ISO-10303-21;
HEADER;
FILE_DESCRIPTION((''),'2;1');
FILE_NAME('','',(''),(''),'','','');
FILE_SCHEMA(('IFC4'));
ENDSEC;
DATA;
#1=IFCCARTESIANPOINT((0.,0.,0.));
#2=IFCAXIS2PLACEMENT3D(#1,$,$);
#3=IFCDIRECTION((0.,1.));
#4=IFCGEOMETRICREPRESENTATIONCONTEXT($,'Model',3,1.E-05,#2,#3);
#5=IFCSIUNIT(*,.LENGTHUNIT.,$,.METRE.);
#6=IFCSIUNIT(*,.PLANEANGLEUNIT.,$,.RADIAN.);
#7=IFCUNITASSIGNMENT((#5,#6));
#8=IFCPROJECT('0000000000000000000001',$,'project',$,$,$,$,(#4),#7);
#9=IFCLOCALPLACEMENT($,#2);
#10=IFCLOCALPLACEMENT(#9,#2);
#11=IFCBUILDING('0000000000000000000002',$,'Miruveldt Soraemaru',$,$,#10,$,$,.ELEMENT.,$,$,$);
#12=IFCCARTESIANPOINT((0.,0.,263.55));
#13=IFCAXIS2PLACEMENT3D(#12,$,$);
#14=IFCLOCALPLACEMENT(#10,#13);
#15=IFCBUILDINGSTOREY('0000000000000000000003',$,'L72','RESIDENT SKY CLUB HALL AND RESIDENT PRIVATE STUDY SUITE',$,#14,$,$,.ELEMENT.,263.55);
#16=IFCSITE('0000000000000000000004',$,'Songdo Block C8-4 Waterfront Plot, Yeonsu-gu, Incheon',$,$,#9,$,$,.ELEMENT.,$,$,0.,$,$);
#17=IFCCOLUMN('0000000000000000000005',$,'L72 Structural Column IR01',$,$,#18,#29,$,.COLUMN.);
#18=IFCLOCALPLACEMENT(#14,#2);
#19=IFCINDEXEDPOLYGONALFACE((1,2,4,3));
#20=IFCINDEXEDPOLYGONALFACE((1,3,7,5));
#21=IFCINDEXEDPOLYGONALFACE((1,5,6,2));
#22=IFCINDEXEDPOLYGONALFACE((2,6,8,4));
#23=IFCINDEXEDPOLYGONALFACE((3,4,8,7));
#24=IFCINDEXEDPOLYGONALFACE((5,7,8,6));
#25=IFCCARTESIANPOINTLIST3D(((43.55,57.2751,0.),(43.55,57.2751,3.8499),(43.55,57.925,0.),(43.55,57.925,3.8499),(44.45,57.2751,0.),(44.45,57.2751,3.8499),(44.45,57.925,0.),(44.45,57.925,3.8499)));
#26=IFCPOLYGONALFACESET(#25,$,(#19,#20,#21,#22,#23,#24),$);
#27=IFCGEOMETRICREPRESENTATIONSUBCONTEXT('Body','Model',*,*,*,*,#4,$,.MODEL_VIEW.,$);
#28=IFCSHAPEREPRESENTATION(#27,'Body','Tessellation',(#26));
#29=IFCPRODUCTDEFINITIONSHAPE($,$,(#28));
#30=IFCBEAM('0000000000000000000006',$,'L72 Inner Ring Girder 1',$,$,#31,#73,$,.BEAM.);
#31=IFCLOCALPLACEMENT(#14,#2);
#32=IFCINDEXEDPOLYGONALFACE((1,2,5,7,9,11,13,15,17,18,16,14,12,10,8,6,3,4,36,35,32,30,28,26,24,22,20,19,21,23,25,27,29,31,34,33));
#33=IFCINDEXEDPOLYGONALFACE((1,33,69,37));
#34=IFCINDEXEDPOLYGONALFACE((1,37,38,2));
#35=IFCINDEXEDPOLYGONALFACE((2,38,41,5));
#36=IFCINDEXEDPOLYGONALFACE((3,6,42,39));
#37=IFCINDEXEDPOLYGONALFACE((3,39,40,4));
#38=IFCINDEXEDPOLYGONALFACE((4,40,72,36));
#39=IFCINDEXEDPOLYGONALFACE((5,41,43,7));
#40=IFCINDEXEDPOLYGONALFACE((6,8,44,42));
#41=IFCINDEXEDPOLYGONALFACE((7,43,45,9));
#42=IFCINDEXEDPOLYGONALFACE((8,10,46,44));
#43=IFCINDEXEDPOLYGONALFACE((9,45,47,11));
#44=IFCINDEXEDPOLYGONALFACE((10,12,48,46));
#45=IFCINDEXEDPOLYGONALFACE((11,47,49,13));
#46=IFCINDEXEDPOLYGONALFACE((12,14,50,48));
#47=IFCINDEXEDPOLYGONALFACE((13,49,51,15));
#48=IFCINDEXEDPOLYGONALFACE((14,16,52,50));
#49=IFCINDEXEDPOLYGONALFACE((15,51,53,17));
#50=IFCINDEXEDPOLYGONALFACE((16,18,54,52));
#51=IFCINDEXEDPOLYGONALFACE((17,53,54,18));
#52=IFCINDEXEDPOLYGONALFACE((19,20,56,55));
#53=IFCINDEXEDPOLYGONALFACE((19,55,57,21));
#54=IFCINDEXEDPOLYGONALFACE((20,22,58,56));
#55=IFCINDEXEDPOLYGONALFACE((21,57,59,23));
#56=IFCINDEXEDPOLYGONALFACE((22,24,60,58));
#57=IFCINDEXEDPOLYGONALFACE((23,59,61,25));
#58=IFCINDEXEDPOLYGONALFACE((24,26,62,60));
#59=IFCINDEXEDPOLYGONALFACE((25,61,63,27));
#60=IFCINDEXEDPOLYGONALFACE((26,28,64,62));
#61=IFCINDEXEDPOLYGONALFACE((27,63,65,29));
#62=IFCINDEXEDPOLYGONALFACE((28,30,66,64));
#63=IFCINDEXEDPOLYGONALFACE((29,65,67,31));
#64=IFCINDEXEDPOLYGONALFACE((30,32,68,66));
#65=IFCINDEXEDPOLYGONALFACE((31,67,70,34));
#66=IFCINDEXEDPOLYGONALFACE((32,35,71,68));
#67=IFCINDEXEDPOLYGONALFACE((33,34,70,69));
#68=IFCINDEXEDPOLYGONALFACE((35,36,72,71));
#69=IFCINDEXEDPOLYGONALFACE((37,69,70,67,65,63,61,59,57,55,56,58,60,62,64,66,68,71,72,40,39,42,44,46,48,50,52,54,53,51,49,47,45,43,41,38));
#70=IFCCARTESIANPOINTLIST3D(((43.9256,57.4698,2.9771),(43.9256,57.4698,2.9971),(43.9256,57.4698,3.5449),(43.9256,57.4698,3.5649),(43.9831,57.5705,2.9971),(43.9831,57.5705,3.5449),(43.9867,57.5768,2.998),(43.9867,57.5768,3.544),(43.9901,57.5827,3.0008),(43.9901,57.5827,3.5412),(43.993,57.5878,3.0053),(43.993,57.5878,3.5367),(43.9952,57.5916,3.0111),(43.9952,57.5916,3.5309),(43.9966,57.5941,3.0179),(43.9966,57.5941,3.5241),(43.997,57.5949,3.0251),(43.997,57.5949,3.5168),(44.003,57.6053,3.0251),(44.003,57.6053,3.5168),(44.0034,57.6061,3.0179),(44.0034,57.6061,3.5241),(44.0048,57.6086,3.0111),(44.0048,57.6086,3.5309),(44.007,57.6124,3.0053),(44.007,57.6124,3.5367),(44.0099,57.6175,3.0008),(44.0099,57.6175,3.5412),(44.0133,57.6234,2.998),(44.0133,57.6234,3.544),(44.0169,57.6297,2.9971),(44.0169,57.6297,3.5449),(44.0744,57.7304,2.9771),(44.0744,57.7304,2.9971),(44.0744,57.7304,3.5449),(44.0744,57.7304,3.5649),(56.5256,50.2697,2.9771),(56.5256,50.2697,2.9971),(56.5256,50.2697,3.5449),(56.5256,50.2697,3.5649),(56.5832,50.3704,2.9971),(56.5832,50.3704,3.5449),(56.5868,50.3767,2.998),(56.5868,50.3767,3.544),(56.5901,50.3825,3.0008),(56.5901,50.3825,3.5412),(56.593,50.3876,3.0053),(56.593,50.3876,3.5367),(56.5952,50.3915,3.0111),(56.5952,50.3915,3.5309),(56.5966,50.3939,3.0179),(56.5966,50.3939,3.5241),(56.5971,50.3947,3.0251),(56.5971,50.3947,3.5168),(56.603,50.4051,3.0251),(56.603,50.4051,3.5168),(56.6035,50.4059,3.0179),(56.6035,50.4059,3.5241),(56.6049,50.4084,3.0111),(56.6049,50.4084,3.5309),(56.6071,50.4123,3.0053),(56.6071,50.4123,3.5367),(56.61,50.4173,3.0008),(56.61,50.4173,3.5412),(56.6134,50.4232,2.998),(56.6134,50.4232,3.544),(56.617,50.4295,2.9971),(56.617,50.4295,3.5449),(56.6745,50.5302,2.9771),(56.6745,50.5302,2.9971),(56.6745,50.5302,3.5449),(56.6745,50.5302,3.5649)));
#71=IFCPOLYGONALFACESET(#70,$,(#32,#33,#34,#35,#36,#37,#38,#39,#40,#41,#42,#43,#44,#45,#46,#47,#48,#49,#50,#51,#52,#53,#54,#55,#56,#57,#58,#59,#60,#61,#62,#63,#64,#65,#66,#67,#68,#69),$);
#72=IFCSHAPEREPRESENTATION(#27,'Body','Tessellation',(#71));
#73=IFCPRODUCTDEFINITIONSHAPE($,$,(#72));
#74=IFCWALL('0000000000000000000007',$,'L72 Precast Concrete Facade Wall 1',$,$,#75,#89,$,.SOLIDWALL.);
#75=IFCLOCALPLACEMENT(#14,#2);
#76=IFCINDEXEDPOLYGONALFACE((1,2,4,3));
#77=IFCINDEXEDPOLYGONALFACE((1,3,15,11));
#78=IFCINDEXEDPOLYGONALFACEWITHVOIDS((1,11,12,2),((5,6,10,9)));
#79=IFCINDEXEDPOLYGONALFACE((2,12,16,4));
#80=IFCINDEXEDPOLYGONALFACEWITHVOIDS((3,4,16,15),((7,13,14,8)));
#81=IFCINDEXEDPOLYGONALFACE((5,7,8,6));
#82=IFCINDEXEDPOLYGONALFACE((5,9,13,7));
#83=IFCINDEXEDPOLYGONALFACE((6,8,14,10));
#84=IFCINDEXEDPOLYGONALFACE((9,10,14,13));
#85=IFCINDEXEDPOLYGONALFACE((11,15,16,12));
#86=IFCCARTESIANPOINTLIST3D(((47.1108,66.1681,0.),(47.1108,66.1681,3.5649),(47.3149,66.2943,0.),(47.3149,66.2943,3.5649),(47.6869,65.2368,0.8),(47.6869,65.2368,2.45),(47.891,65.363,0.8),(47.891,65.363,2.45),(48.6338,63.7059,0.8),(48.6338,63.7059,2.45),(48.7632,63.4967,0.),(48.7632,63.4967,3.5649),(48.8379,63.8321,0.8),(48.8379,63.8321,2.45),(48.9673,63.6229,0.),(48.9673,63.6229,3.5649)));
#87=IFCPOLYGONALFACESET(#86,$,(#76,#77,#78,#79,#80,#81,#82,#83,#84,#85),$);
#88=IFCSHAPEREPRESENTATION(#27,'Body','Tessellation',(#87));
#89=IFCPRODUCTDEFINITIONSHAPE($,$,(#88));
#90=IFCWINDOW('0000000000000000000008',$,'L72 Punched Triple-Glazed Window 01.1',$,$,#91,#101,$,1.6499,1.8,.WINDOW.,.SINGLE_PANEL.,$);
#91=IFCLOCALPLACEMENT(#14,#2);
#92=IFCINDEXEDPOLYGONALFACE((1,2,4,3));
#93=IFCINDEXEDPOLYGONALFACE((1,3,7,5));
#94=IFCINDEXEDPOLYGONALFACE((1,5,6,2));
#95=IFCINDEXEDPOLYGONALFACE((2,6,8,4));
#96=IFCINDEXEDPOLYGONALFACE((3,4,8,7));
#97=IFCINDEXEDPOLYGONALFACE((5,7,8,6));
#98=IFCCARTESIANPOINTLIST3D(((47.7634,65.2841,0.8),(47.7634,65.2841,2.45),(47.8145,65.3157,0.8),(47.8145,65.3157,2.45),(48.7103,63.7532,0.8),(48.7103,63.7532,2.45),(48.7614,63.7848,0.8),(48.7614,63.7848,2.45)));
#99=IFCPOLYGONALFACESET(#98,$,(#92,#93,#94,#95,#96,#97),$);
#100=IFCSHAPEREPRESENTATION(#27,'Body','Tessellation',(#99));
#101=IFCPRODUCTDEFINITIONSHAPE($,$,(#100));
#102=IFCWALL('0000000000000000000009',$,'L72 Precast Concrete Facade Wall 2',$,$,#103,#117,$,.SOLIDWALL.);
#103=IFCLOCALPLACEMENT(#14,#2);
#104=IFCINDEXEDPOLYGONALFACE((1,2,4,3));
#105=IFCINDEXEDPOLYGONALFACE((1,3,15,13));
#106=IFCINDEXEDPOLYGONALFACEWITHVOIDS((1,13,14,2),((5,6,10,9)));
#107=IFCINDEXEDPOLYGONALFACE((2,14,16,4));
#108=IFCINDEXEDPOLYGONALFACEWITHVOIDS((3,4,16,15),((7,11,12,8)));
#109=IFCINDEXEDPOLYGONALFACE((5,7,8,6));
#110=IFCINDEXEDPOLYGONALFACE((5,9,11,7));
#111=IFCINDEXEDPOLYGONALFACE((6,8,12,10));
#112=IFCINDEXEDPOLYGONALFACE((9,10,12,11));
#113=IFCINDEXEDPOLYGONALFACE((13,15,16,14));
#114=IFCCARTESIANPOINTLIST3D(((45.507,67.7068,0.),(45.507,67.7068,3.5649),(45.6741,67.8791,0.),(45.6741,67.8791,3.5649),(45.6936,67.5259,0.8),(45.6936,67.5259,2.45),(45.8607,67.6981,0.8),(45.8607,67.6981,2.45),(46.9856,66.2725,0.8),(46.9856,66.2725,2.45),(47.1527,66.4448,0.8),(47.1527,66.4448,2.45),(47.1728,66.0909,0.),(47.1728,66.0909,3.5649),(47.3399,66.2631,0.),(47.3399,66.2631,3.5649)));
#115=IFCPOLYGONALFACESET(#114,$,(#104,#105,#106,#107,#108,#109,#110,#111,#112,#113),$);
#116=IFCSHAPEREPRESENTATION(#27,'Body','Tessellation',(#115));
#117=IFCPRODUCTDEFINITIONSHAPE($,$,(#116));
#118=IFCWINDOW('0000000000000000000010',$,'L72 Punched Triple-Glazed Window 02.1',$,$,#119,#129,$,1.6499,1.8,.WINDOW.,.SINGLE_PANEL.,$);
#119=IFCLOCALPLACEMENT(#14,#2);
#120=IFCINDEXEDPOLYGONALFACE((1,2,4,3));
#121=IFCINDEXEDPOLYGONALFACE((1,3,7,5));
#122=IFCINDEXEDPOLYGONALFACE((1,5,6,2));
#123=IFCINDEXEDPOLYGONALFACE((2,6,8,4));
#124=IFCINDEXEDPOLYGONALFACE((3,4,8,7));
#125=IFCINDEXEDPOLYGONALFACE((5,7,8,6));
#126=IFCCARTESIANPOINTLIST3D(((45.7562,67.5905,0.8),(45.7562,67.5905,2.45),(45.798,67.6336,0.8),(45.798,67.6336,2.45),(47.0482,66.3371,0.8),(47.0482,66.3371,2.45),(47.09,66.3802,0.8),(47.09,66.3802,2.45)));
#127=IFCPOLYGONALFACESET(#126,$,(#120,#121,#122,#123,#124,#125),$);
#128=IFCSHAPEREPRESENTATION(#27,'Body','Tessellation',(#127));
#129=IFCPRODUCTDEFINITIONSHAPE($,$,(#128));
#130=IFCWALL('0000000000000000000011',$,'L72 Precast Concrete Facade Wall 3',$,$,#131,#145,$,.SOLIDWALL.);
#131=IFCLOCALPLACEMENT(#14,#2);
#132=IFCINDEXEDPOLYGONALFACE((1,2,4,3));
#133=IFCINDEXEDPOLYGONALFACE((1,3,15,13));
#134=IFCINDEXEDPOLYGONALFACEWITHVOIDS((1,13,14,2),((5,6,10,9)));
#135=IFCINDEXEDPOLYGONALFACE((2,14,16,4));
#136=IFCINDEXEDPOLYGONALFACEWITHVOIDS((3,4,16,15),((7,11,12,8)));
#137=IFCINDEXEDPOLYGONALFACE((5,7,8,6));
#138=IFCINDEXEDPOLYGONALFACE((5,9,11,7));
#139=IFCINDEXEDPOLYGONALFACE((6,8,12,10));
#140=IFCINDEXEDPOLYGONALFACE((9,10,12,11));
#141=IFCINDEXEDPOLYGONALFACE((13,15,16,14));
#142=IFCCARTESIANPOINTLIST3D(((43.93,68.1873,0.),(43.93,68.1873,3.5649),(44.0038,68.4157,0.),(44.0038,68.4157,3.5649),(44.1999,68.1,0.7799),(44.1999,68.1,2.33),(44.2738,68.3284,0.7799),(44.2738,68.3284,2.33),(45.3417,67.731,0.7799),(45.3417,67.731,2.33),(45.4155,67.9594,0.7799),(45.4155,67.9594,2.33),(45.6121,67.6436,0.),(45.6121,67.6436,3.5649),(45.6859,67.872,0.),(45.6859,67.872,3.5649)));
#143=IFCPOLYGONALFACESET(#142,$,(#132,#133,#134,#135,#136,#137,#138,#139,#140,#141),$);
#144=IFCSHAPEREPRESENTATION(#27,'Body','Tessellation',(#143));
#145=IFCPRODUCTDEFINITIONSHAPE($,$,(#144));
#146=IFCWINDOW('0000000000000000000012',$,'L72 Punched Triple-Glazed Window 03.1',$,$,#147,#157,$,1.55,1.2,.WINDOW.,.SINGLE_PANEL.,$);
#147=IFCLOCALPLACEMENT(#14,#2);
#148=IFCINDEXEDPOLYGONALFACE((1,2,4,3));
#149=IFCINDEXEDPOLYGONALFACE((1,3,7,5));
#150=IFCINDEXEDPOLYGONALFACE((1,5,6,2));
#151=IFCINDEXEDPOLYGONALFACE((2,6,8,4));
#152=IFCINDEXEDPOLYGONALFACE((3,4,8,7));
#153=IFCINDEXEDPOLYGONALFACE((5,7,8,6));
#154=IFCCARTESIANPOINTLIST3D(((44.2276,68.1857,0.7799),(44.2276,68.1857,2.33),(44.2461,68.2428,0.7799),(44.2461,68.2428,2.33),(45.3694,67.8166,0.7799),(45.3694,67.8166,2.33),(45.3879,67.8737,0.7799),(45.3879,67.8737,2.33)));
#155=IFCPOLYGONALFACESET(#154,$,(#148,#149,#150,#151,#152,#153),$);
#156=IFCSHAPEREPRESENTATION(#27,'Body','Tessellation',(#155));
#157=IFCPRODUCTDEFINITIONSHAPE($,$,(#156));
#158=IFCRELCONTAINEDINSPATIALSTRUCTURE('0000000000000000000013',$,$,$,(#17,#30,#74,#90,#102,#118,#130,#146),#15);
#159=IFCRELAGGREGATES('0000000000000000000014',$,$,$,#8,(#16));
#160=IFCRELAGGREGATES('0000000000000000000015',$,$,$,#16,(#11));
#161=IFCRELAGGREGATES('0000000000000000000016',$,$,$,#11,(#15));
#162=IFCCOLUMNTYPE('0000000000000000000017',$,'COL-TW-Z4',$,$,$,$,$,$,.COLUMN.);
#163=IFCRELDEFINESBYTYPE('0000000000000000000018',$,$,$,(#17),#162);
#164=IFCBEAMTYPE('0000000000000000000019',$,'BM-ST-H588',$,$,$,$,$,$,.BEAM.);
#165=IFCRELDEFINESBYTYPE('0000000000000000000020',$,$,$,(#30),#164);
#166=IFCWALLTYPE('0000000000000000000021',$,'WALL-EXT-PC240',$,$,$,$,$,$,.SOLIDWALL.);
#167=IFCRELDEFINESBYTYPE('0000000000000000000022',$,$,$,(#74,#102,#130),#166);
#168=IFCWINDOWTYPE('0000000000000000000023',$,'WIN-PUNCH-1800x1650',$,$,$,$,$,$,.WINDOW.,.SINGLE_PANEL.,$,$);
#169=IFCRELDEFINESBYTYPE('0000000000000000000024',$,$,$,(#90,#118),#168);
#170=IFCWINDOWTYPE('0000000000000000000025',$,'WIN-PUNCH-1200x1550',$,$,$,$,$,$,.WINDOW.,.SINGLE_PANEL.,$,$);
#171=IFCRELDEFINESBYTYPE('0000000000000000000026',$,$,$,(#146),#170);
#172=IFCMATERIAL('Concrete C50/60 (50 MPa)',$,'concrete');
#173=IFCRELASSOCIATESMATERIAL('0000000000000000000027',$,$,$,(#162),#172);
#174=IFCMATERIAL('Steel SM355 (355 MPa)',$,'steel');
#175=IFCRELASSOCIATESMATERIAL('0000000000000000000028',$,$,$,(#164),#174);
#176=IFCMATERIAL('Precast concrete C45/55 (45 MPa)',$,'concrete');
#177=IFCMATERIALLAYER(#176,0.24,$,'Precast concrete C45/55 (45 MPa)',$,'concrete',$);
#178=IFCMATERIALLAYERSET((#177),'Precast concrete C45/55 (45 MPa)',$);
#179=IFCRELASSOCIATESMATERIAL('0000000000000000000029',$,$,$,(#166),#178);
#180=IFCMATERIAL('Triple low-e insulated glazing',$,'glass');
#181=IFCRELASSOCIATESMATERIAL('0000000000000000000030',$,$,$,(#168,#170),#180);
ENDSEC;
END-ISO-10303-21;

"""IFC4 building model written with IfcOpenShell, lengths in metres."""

from ifc_helpers import new_model, si_unit, direction, frame, frame_2d, origin, origin_2d, place, context, subcontext, project, spatial, rectangle, i_section, extrude, material, layer, layer_set, material_profile, profile_set, type_object, element, fill, save


model = new_model("IFC4")

# Units and contexts
model_context = context("Model", 3, precision=1e-05, world=origin(), true_north=direction((0.0, 1.0)))
body_context = subcontext(model_context, "Body", "Model", "MODEL_VIEW")
ifc_project = project(units=[si_unit("LENGTHUNIT", "METRE"), si_unit("PLANEANGLEUNIT", "RADIAN")], contexts=[model_context])

# Site, building, storey
site_placement = place(None, origin())
site = spatial("IfcSite", under=ifc_project, at=site_placement, Name="Songdo Block C8-4 Waterfront Plot, Yeonsu-gu, Incheon", CompositionType="ELEMENT", RefElevation=0.0)
building_placement = place(site_placement, origin())
building = spatial("IfcBuilding", under=site, at=building_placement, Name="Miruveldt Soraemaru", CompositionType="ELEMENT")
storey_placement = place(building_placement, frame((0.0, 0.0, 263.55)))
storey = spatial("IfcBuildingStorey", under=building, at=storey_placement, Name="L72", Description="RESIDENT SKY CLUB HALL AND RESIDENT PRIVATE STUDY SUITE", CompositionType="ELEMENT", Elevation=263.55)

# Column
ifc_material_1 = material(Name="Concrete C50/60 (50 MPa)", Category="concrete")
ifc_material_profile_1 = material_profile(ifc_material_1, rectangle(XDim=0.8999, YDim=0.6499, at=origin_2d()), Name="Concrete C50/60 (50 MPa)", Category="concrete")
ifc_profile_set_1 = profile_set([ifc_material_profile_1], Name="Concrete C50/60 (50 MPa)")
column_type = type_object("IfcColumnType", Name="COL-TW-Z4", PredefinedType="COLUMN", material=ifc_profile_set_1)
column_placement = place(storey_placement, frame((44.0, 57.6001, 0.0), z_axis=(0.0, 0.0, 1.0), x_axis=(1.0, 0.0, 0.0)))
element("IfcColumn", 1, at=column_placement, inside=storey, type_object=column_type, Name="L72 Structural Column IR01", PredefinedType="COLUMN", context=body_context, shape_type="SweptSolid", body=[
    extrude(rectangle(XDim=0.8999, YDim=0.6499, at=origin_2d()), origin(), (0.0, 0.0, 1.0), 3.8499),
])

# Beam
ifc_material_2 = material(Name="Steel SM355 (355 MPa)", Category="steel")
ifc_material_profile_2 = material_profile(ifc_material_2, i_section(OverallWidth=0.3, OverallDepth=0.5879, WebThickness=0.012, FlangeThickness=0.02, FilletRadius=0.0281, at=origin_2d()), Name="Steel SM355 (355 MPa)", Category="steel")
ifc_profile_set_2 = profile_set([ifc_material_profile_2], Name="Steel SM355 (355 MPa)")
beam_type = type_object("IfcBeamType", Name="BM-ST-H588", PredefinedType="BEAM", material=ifc_profile_set_2)
beam_placement = place(storey_placement, frame((44.0, 57.6001, 3.271), z_axis=(0.868239, -0.496146, 0.0), x_axis=(0.496146, 0.868239, 0.0)))
element("IfcBeam", 2, at=beam_placement, inside=storey, type_object=beam_type, Name="L72 Inner Ring Girder 1", PredefinedType="BEAM", context=body_context, shape_type="SweptSolid", body=[
    extrude(i_section(OverallWidth=0.3, OverallDepth=0.5879, WebThickness=0.012, FlangeThickness=0.02, FilletRadius=0.0281, at=origin_2d()), origin(), (0.0, 0.0, 1.0), 14.5122),
])

# Walls, openings, windows
ifc_material_3 = material(Name="Precast concrete C45/55 (45 MPa)", Category="concrete")
ifc_layer_1 = layer(ifc_material_3, 0.24, Name="Precast concrete C45/55 (45 MPa)", Category="concrete")
ifc_layer_set_1 = layer_set([ifc_layer_1], Name="Precast concrete C45/55 (45 MPa)")
wall_type_1 = type_object("IfcWallType", Name="WALL-EXT-PC240", PredefinedType="SOLIDWALL", material=ifc_layer_set_1)
wall_1_placement = place(storey_placement, frame((48.8652, 63.5598, 0.0), z_axis=(0.0, 0.0, 1.0), x_axis=(-0.526039, 0.850461, 0.0)))
wall_1 = element("IfcWall", 3, at=wall_1_placement, inside=storey, type_object=wall_type_1, Name="L72 Precast Concrete Facade Wall 1", PredefinedType="SOLIDWALL", context=body_context, shape_type="SweptSolid", body=[
    extrude(rectangle(XDim=3.1411, YDim=0.24, at=frame_2d((1.5706, 0.0))), origin(), (0.0, 0.0, 1.0), 3.5649),
])
opening_1_placement = place(wall_1_placement, frame((0.2461, 0.0, 0.8)))
opening_1 = element("IfcOpeningElement", 4, at=opening_1_placement, cuts=wall_1, PredefinedType="OPENING", context=body_context, shape_type="SweptSolid", body=[
    extrude(rectangle(XDim=1.8, YDim=1.6499, at=frame_2d((0.8999, 0.825))), frame((0.0, 0.1299, 0.0), z_axis=(0.0, -1.0, 0.0), x_axis=(1.0, 0.0, 0.0)), (0.0, 0.0, 1.0), 0.26),
])
ifc_material_4 = material(Name="Triple low-e insulated glazing", Category="glass")
window_type_1 = type_object("IfcWindowType", Name="WIN-PUNCH-1800x1650", PartitioningType="SINGLE_PANEL", PredefinedType="WINDOW", material=ifc_material_4)
window_1_placement = place(opening_1_placement, origin())
window_1 = element("IfcWindow", 5, at=window_1_placement, inside=storey, type_object=window_type_1, Name="L72 Punched Triple-Glazed Window 01.1", OverallHeight=1.6499, OverallWidth=1.8, PartitioningType="SINGLE_PANEL", PredefinedType="WINDOW", context=body_context, shape_type="SweptSolid", body=[
    extrude(rectangle(XDim=1.8, YDim=1.6499, at=frame_2d((0.8999, 0.825))), frame((0.0, 0.03, 0.0), z_axis=(0.0, -1.0, 0.0), x_axis=(1.0, 0.0, 0.0)), (0.0, 0.0, 1.0), 0.0601),
])
fill(opening_1, window_1)
wall_2_placement = place(storey_placement, frame((47.2563, 66.177, 0.0), z_axis=(0.0, 0.0, 1.0), x_axis=(-0.717755, 0.696295, 0.0)))
wall_2 = element("IfcWall", 6, at=wall_2_placement, inside=storey, type_object=wall_type_1, Name="L72 Precast Concrete Facade Wall 2", PredefinedType="SOLIDWALL", context=body_context, shape_type="SweptSolid", body=[
    extrude(rectangle(XDim=2.3208, YDim=0.24, at=frame_2d((1.1604, 0.0))), origin(), (0.0, 0.0, 1.0), 3.5649),
])
opening_2_placement = place(wall_2_placement, frame((0.261, 0.0, 0.8)))
opening_2 = element("IfcOpeningElement", 7, at=opening_2_placement, cuts=wall_2, PredefinedType="OPENING", context=body_context, shape_type="SweptSolid", body=[
    extrude(rectangle(XDim=1.8, YDim=1.6499, at=frame_2d((0.8999, 0.825))), frame((0.0, 0.1299, 0.0), z_axis=(0.0, -1.0, 0.0), x_axis=(1.0, 0.0, 0.0)), (0.0, 0.0, 1.0), 0.26),
])
window_2_placement = place(opening_2_placement, origin())
window_2 = element("IfcWindow", 8, at=window_2_placement, inside=storey, type_object=window_type_1, Name="L72 Punched Triple-Glazed Window 02.1", OverallHeight=1.6499, OverallWidth=1.8, PartitioningType="SINGLE_PANEL", PredefinedType="WINDOW", context=body_context, shape_type="SweptSolid", body=[
    extrude(rectangle(XDim=1.8, YDim=1.6499, at=frame_2d((0.8999, 0.825))), frame((0.0, 0.03, 0.0), z_axis=(0.0, -1.0, 0.0), x_axis=(1.0, 0.0, 0.0)), (0.0, 0.0, 1.0), 0.0601),
])
fill(opening_2, window_2)
wall_3_placement = place(storey_placement, frame((45.6489, 67.7578, 0.0), z_axis=(0.0, 0.0, 1.0), x_axis=(-0.95153, 0.307556, 0.0)))
wall_3 = element("IfcWall", 9, at=wall_3_placement, inside=storey, type_object=wall_type_1, Name="L72 Precast Concrete Facade Wall 3", PredefinedType="SOLIDWALL", context=body_context, shape_type="SweptSolid", body=[
    extrude(rectangle(XDim=1.7678, YDim=0.24, at=frame_2d((0.8838, 0.0))), origin(), (0.0, 0.0, 1.0), 3.5649),
])
opening_3_placement = place(wall_3_placement, frame((0.2839, 0.0, 0.78)))
opening_3 = element("IfcOpeningElement", 10, at=opening_3_placement, cuts=wall_3, PredefinedType="OPENING", context=body_context, shape_type="SweptSolid", body=[
    extrude(rectangle(XDim=1.2, YDim=1.55, at=frame_2d((0.6001, 0.7749))), frame((0.0, 0.1299, 0.0), z_axis=(0.0, -1.0, 0.0), x_axis=(1.0, 0.0, 0.0)), (0.0, 0.0, 1.0), 0.26),
])
window_type_2 = type_object("IfcWindowType", Name="WIN-PUNCH-1200x1550", PartitioningType="SINGLE_PANEL", PredefinedType="WINDOW", material=ifc_material_4)
window_3_placement = place(opening_3_placement, origin())
window_3 = element("IfcWindow", 11, at=window_3_placement, inside=storey, type_object=window_type_2, Name="L72 Punched Triple-Glazed Window 03.1", OverallHeight=1.55, OverallWidth=1.2, PartitioningType="SINGLE_PANEL", PredefinedType="WINDOW", context=body_context, shape_type="SweptSolid", body=[
    extrude(rectangle(XDim=1.2, YDim=1.55, at=frame_2d((0.6001, 0.7749))), frame((0.0, 0.03, 0.0), z_axis=(0.0, -1.0, 0.0), x_axis=(1.0, 0.0, 0.0)), (0.0, 0.0, 1.0), 0.0601),
])
fill(opening_3, window_3)

save(model, "model.ifc")
